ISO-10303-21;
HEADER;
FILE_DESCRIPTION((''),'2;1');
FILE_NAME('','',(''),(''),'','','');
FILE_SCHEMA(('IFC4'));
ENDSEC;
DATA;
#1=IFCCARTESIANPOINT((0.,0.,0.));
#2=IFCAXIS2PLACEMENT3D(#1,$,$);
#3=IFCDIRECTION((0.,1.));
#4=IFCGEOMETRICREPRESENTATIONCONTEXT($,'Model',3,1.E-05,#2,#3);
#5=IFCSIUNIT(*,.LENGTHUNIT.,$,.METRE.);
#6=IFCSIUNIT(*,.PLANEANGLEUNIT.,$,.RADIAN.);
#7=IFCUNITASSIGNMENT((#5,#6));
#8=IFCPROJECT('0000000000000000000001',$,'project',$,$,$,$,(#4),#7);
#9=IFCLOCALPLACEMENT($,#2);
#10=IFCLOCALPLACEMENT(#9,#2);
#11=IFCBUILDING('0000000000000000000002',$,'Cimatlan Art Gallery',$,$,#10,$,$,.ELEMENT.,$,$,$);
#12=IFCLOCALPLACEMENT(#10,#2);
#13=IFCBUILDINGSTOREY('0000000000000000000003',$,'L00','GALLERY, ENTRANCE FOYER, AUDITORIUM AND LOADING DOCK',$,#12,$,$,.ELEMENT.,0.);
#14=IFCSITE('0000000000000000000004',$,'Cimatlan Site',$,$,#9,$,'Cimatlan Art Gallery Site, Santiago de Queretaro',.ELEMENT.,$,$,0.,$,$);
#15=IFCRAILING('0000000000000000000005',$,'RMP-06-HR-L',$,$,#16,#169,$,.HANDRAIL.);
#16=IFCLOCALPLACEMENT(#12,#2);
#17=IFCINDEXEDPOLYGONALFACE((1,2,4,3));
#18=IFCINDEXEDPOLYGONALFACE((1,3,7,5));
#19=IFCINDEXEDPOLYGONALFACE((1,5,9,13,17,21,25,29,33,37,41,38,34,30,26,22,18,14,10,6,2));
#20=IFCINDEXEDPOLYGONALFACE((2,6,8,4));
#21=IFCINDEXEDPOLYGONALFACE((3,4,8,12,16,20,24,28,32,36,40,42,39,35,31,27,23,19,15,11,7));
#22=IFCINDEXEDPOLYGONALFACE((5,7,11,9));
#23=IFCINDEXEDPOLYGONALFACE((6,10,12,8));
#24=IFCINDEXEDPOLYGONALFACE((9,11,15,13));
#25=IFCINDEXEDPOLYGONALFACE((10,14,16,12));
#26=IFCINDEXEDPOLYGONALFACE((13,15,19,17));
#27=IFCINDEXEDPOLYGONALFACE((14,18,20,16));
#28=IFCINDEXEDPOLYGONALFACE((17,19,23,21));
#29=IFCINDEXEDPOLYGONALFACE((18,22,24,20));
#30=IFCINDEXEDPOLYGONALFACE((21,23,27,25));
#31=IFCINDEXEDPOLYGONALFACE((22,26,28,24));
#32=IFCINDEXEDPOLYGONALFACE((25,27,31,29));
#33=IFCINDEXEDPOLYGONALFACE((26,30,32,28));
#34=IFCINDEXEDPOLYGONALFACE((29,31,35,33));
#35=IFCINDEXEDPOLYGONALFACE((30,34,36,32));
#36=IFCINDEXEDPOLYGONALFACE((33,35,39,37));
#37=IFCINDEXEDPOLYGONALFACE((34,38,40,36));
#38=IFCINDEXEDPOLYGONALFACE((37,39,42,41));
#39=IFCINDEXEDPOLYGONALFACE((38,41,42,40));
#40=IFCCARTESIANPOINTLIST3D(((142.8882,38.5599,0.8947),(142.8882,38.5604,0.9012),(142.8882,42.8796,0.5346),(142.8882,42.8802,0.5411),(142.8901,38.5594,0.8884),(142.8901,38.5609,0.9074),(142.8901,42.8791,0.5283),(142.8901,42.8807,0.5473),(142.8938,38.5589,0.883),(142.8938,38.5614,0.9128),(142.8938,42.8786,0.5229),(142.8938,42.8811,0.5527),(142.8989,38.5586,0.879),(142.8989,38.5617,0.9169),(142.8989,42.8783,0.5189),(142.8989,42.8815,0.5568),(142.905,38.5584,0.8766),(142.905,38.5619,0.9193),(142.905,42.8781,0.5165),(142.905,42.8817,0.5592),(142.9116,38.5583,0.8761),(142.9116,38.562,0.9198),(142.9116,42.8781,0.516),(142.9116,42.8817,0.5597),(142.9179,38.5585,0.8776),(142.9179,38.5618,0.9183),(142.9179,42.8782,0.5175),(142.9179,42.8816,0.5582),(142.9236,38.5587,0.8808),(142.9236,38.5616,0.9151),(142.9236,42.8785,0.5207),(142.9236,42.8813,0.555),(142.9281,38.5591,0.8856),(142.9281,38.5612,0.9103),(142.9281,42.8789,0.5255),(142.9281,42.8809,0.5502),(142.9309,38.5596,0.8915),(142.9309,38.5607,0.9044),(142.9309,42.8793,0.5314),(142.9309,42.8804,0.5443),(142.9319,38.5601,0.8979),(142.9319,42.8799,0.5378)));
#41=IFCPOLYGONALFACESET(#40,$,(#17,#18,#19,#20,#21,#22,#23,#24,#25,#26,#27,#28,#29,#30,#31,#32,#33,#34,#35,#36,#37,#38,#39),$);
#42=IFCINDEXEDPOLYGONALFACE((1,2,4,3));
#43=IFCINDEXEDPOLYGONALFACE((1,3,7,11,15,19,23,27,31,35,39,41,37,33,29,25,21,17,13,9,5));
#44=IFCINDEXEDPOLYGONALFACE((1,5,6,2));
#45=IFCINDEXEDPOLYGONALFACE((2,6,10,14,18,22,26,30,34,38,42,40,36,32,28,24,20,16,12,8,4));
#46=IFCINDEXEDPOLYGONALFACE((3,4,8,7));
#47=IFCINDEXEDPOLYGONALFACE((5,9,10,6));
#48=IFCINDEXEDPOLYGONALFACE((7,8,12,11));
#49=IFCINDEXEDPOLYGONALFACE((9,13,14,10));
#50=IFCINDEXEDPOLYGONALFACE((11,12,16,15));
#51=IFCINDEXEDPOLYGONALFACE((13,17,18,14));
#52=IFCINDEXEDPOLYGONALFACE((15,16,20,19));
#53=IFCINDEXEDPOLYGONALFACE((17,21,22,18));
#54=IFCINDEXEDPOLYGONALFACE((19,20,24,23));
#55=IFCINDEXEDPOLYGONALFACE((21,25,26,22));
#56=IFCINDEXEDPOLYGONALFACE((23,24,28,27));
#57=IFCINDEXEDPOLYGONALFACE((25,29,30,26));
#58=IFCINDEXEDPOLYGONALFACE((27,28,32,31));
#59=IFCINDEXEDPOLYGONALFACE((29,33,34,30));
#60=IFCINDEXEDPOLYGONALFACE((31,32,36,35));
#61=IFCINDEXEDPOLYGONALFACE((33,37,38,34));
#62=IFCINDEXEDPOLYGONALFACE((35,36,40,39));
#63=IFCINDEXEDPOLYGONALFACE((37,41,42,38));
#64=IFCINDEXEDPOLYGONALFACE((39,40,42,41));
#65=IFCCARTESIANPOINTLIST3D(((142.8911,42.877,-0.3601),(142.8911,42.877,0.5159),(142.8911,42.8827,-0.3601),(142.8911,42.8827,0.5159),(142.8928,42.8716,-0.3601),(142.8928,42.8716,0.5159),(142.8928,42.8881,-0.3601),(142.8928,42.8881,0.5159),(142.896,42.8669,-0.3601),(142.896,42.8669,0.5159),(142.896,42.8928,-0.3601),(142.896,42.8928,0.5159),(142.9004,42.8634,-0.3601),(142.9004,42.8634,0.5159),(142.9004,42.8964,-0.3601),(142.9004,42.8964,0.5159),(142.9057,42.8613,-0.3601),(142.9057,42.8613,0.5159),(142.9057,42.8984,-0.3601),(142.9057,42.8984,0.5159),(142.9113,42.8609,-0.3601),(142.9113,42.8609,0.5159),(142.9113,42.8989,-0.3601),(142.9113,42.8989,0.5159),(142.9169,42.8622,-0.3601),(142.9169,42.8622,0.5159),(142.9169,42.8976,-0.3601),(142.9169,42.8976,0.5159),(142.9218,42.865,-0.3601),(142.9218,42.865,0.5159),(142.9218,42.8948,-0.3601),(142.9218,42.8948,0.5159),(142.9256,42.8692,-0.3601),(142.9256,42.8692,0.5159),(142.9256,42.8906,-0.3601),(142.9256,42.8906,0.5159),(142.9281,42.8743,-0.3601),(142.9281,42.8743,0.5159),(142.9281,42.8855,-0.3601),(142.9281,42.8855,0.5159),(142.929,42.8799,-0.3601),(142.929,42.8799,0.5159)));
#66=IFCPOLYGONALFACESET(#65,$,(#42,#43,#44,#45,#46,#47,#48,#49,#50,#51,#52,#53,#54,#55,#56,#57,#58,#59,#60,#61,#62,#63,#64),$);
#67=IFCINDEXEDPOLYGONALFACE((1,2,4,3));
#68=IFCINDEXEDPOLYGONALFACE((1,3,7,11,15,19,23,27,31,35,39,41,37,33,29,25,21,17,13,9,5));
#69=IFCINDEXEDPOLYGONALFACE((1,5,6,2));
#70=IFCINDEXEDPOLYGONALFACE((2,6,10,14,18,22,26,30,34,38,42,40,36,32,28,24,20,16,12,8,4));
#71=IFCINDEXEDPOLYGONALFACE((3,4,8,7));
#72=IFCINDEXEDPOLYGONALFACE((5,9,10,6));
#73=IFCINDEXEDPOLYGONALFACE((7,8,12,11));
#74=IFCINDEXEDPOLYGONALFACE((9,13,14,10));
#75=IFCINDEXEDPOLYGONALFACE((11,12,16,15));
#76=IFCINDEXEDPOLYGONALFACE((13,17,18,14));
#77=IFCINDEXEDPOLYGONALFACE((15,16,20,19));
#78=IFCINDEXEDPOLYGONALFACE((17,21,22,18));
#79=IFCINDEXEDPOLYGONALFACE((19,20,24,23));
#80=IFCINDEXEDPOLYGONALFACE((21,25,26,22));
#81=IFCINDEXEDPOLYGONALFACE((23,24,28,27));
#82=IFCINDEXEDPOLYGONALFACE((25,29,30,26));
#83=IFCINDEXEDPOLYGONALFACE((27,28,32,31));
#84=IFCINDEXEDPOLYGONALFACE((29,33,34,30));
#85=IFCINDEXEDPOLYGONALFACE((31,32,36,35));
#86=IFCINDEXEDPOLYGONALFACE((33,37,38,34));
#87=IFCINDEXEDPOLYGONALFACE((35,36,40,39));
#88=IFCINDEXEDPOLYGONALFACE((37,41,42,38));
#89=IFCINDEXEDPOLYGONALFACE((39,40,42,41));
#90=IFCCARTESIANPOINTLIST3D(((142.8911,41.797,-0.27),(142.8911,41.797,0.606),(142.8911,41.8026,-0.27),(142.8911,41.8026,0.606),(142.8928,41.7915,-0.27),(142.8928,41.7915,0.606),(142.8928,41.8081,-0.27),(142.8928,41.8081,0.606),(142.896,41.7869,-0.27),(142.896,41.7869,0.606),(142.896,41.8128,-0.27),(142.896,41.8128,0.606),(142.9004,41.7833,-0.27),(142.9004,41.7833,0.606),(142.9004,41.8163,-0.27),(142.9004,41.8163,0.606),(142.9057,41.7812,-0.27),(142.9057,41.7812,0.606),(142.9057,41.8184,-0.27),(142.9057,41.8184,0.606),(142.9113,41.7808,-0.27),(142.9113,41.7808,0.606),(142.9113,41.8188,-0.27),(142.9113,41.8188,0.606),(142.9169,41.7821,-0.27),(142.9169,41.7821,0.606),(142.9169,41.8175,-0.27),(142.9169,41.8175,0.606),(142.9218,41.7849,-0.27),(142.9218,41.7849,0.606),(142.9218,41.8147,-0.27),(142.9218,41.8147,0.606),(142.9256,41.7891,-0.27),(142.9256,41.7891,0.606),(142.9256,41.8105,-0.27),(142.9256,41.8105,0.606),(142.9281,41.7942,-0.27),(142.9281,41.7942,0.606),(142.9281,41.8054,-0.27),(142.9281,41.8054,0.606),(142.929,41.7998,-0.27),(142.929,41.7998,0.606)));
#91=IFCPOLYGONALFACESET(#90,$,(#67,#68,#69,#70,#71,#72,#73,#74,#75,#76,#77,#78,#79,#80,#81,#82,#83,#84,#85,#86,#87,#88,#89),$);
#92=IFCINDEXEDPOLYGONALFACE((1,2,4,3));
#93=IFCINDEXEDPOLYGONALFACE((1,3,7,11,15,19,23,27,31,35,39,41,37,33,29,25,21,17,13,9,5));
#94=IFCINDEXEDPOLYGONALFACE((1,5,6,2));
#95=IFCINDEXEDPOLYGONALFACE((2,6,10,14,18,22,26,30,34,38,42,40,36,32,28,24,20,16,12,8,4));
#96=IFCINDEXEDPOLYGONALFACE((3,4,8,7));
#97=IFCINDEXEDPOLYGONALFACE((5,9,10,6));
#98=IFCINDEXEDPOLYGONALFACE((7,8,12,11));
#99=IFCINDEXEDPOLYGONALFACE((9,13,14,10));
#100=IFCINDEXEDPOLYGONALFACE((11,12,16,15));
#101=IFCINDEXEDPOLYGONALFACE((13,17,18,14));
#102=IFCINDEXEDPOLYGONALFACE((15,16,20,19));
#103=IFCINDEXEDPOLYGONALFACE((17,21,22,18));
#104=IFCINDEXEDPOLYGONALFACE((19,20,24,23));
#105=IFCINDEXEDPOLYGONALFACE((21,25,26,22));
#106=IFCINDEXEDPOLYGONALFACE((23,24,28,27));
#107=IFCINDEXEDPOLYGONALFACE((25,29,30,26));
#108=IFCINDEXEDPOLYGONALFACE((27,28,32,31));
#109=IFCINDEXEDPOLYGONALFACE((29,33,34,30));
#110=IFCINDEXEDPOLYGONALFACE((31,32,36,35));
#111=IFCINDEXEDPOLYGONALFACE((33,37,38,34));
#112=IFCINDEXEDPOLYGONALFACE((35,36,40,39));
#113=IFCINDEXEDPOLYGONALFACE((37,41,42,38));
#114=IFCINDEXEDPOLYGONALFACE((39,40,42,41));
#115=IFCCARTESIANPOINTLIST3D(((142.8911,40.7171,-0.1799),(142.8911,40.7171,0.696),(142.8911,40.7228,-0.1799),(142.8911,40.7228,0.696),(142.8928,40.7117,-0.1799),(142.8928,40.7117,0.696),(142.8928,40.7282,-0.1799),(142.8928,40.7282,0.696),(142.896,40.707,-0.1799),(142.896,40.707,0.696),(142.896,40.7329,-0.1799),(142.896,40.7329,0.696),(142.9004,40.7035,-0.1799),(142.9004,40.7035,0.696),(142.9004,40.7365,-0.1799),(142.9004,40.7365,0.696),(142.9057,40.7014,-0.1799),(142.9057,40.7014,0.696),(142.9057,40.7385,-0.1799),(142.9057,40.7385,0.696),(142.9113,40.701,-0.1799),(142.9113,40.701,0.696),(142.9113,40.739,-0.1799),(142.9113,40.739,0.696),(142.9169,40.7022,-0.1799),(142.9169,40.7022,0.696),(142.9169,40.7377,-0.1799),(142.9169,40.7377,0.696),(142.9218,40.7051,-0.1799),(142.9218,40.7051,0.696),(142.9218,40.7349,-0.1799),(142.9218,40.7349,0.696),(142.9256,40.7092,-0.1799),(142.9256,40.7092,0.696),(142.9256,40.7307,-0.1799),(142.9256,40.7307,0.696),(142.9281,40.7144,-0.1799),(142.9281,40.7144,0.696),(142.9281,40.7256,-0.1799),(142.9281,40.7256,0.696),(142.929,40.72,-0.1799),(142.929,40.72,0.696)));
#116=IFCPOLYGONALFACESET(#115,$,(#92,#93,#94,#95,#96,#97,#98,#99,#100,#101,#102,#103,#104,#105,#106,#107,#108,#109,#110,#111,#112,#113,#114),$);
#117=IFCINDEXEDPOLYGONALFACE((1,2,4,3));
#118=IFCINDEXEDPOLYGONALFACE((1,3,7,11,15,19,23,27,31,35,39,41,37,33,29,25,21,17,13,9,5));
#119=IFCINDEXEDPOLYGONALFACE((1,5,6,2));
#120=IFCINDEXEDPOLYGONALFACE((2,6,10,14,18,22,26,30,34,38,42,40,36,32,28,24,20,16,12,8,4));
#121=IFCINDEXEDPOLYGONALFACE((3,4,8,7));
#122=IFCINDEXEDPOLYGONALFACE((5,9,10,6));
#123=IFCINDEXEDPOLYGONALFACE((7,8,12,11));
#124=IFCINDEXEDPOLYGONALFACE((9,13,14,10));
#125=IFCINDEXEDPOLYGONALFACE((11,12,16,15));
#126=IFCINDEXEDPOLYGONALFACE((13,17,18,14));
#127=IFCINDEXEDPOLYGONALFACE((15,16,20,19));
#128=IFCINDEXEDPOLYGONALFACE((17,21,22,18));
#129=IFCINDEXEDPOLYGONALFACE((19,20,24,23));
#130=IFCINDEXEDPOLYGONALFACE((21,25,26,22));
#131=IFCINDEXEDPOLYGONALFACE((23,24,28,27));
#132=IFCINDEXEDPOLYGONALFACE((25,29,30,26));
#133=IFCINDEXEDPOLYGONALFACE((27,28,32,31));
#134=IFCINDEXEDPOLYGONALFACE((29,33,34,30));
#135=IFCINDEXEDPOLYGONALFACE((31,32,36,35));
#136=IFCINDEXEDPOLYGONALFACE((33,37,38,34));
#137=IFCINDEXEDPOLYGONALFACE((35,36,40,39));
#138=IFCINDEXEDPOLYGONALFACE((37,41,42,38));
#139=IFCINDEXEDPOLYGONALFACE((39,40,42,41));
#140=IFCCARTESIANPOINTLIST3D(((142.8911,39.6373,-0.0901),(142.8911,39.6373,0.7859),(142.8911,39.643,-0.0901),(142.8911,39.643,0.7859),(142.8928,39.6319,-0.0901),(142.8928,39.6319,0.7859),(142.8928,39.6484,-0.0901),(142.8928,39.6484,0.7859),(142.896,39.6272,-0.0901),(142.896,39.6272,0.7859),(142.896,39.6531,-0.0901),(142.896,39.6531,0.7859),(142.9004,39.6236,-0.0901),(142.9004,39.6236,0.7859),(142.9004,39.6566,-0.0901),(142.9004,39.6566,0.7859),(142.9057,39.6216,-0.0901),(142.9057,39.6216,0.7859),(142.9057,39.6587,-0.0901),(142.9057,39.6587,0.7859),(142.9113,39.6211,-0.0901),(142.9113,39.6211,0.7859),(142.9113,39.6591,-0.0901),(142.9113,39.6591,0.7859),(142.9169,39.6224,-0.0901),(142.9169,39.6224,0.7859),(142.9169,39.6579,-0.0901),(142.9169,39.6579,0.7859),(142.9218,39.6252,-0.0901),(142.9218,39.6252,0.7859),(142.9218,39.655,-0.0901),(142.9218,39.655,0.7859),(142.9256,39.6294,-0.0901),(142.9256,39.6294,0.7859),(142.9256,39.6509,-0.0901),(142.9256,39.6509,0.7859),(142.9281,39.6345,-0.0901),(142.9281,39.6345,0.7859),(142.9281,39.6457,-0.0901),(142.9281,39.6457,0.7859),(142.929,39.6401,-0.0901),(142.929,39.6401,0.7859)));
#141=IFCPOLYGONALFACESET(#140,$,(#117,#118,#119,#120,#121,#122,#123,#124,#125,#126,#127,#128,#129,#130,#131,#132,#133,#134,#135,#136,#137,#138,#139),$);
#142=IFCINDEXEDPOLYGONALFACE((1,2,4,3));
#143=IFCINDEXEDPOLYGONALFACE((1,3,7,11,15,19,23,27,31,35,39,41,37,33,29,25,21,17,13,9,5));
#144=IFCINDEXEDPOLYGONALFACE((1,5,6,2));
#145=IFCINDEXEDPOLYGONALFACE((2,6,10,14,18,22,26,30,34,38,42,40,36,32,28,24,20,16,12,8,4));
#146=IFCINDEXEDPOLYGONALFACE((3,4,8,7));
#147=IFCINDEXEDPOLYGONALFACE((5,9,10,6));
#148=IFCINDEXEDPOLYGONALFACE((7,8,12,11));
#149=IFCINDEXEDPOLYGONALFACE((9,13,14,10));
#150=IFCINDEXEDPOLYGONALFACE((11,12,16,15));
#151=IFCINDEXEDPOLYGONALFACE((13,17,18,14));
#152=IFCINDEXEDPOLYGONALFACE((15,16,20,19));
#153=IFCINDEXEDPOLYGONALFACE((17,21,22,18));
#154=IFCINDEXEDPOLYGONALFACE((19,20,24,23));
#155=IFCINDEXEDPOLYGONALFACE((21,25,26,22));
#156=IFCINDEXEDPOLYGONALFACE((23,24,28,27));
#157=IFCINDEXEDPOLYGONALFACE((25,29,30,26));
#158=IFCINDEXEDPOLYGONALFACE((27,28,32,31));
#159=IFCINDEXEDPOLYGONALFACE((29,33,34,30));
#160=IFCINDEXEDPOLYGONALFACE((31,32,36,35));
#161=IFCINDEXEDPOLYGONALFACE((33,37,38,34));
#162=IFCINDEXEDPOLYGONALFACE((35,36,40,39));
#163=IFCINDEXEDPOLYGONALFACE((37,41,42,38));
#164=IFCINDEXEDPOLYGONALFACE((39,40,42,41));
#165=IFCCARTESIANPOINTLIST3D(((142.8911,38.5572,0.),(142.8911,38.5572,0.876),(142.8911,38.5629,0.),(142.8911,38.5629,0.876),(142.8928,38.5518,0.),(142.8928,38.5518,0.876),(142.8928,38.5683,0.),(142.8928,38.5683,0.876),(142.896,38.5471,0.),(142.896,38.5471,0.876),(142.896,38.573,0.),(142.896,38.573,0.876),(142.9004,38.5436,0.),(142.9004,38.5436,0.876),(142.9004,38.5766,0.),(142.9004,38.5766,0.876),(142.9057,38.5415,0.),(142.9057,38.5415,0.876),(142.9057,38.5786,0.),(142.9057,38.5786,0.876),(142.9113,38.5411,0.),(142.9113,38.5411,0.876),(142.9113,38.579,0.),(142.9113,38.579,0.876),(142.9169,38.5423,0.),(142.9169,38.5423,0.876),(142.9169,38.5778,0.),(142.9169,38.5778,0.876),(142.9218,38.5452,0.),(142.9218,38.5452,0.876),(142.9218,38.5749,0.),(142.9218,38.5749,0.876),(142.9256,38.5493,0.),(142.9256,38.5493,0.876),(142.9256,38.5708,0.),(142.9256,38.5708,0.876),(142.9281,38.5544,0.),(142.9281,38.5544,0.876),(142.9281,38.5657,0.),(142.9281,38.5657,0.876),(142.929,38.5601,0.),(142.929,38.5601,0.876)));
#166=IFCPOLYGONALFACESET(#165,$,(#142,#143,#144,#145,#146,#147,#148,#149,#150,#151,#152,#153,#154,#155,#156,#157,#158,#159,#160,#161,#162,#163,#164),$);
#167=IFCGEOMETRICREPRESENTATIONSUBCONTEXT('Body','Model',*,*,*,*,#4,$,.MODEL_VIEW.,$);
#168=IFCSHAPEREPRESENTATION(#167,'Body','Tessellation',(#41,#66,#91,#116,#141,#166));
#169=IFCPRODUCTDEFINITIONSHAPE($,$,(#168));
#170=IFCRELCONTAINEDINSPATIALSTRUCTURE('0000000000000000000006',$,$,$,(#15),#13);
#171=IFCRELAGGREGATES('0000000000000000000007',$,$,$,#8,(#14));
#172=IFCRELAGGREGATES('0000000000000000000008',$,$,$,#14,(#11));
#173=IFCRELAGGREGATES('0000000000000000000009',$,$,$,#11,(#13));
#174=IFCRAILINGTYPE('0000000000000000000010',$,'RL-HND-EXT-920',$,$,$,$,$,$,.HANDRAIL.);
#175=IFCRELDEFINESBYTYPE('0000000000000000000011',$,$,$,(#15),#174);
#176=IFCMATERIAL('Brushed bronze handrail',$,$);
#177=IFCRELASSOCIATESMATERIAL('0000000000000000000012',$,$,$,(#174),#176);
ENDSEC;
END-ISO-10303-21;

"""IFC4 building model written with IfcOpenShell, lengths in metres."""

from ifc_helpers import new_model, si_unit, direction, frame, origin, origin_2d, place, context, subcontext, project, spatial, circle, extrude, material, type_object, element, save


model = new_model("IFC4")

# Units and contexts
model_context = context("Model", 3, precision=1e-05, world=origin(), true_north=direction((0.0, 1.0)))
body_context = subcontext(model_context, "Body", "Model", "MODEL_VIEW")
ifc_project = project(units=[si_unit("LENGTHUNIT", "METRE"), si_unit("PLANEANGLEUNIT", "RADIAN")], contexts=[model_context])

# Site, building, storey
site_placement = place(None, origin())
site = spatial("IfcSite", under=ifc_project, at=site_placement, Name="Cimatlan Site", LongName="Cimatlan Art Gallery Site, Santiago de Queretaro", CompositionType="ELEMENT", RefElevation=0.0)
building_placement = place(site_placement, origin())
building = spatial("IfcBuilding", under=site, at=building_placement, Name="Cimatlan Art Gallery", CompositionType="ELEMENT")
storey_placement = place(building_placement, origin())
storey = spatial("IfcBuildingStorey", under=building, at=storey_placement, Name="L00", Description="GALLERY, ENTRANCE FOYER, AUDITORIUM AND LOADING DOCK", CompositionType="ELEMENT", Elevation=0.0)

# Railing
ifc_material_1 = material(Name="Brushed bronze handrail")
railing_type = type_object("IfcRailingType", Name="RL-HND-EXT-920", PredefinedType="HANDRAIL", material=ifc_material_1)
for number, where, name in (
    (1, (142.9099, 42.8799, -0.3601), "RMP-06-HR-L"),
):
    element("IfcRailing", number, at=place(storey_placement, frame(where)), inside=storey, type_object=railing_type, Name=name, PredefinedType="HANDRAIL", context=body_context, shape_type="SweptSolid", body=[
        extrude(circle(Radius=0.022, at=origin_2d()), frame((0.0, 0.0, 0.8979), z_axis=(0.0, -0.996543, 0.083073), x_axis=(1.0, 0.0, 0.0)), (0.0, 0.0, 1.0), 4.3347),
        extrude(circle(Radius=0.019, at=origin_2d()), origin(), (0.0, 0.0, 1.0), 0.876),
        extrude(circle(Radius=0.019, at=origin_2d()), frame((0.0, -1.0801, 0.0901)), (0.0, 0.0, 1.0), 0.876),
        extrude(circle(Radius=0.019, at=origin_2d()), frame((0.0, -2.1599, 0.1802)), (0.0, 0.0, 1.0), 0.876),
        extrude(circle(Radius=0.019, at=origin_2d()), frame((0.0, -3.2397, 0.27)), (0.0, 0.0, 1.0), 0.876),
        extrude(circle(Radius=0.019, at=origin_2d()), frame((0.0, -4.3198, 0.3601)), (0.0, 0.0, 1.0), 0.876),
    ])

save(model, "model.ifc")
